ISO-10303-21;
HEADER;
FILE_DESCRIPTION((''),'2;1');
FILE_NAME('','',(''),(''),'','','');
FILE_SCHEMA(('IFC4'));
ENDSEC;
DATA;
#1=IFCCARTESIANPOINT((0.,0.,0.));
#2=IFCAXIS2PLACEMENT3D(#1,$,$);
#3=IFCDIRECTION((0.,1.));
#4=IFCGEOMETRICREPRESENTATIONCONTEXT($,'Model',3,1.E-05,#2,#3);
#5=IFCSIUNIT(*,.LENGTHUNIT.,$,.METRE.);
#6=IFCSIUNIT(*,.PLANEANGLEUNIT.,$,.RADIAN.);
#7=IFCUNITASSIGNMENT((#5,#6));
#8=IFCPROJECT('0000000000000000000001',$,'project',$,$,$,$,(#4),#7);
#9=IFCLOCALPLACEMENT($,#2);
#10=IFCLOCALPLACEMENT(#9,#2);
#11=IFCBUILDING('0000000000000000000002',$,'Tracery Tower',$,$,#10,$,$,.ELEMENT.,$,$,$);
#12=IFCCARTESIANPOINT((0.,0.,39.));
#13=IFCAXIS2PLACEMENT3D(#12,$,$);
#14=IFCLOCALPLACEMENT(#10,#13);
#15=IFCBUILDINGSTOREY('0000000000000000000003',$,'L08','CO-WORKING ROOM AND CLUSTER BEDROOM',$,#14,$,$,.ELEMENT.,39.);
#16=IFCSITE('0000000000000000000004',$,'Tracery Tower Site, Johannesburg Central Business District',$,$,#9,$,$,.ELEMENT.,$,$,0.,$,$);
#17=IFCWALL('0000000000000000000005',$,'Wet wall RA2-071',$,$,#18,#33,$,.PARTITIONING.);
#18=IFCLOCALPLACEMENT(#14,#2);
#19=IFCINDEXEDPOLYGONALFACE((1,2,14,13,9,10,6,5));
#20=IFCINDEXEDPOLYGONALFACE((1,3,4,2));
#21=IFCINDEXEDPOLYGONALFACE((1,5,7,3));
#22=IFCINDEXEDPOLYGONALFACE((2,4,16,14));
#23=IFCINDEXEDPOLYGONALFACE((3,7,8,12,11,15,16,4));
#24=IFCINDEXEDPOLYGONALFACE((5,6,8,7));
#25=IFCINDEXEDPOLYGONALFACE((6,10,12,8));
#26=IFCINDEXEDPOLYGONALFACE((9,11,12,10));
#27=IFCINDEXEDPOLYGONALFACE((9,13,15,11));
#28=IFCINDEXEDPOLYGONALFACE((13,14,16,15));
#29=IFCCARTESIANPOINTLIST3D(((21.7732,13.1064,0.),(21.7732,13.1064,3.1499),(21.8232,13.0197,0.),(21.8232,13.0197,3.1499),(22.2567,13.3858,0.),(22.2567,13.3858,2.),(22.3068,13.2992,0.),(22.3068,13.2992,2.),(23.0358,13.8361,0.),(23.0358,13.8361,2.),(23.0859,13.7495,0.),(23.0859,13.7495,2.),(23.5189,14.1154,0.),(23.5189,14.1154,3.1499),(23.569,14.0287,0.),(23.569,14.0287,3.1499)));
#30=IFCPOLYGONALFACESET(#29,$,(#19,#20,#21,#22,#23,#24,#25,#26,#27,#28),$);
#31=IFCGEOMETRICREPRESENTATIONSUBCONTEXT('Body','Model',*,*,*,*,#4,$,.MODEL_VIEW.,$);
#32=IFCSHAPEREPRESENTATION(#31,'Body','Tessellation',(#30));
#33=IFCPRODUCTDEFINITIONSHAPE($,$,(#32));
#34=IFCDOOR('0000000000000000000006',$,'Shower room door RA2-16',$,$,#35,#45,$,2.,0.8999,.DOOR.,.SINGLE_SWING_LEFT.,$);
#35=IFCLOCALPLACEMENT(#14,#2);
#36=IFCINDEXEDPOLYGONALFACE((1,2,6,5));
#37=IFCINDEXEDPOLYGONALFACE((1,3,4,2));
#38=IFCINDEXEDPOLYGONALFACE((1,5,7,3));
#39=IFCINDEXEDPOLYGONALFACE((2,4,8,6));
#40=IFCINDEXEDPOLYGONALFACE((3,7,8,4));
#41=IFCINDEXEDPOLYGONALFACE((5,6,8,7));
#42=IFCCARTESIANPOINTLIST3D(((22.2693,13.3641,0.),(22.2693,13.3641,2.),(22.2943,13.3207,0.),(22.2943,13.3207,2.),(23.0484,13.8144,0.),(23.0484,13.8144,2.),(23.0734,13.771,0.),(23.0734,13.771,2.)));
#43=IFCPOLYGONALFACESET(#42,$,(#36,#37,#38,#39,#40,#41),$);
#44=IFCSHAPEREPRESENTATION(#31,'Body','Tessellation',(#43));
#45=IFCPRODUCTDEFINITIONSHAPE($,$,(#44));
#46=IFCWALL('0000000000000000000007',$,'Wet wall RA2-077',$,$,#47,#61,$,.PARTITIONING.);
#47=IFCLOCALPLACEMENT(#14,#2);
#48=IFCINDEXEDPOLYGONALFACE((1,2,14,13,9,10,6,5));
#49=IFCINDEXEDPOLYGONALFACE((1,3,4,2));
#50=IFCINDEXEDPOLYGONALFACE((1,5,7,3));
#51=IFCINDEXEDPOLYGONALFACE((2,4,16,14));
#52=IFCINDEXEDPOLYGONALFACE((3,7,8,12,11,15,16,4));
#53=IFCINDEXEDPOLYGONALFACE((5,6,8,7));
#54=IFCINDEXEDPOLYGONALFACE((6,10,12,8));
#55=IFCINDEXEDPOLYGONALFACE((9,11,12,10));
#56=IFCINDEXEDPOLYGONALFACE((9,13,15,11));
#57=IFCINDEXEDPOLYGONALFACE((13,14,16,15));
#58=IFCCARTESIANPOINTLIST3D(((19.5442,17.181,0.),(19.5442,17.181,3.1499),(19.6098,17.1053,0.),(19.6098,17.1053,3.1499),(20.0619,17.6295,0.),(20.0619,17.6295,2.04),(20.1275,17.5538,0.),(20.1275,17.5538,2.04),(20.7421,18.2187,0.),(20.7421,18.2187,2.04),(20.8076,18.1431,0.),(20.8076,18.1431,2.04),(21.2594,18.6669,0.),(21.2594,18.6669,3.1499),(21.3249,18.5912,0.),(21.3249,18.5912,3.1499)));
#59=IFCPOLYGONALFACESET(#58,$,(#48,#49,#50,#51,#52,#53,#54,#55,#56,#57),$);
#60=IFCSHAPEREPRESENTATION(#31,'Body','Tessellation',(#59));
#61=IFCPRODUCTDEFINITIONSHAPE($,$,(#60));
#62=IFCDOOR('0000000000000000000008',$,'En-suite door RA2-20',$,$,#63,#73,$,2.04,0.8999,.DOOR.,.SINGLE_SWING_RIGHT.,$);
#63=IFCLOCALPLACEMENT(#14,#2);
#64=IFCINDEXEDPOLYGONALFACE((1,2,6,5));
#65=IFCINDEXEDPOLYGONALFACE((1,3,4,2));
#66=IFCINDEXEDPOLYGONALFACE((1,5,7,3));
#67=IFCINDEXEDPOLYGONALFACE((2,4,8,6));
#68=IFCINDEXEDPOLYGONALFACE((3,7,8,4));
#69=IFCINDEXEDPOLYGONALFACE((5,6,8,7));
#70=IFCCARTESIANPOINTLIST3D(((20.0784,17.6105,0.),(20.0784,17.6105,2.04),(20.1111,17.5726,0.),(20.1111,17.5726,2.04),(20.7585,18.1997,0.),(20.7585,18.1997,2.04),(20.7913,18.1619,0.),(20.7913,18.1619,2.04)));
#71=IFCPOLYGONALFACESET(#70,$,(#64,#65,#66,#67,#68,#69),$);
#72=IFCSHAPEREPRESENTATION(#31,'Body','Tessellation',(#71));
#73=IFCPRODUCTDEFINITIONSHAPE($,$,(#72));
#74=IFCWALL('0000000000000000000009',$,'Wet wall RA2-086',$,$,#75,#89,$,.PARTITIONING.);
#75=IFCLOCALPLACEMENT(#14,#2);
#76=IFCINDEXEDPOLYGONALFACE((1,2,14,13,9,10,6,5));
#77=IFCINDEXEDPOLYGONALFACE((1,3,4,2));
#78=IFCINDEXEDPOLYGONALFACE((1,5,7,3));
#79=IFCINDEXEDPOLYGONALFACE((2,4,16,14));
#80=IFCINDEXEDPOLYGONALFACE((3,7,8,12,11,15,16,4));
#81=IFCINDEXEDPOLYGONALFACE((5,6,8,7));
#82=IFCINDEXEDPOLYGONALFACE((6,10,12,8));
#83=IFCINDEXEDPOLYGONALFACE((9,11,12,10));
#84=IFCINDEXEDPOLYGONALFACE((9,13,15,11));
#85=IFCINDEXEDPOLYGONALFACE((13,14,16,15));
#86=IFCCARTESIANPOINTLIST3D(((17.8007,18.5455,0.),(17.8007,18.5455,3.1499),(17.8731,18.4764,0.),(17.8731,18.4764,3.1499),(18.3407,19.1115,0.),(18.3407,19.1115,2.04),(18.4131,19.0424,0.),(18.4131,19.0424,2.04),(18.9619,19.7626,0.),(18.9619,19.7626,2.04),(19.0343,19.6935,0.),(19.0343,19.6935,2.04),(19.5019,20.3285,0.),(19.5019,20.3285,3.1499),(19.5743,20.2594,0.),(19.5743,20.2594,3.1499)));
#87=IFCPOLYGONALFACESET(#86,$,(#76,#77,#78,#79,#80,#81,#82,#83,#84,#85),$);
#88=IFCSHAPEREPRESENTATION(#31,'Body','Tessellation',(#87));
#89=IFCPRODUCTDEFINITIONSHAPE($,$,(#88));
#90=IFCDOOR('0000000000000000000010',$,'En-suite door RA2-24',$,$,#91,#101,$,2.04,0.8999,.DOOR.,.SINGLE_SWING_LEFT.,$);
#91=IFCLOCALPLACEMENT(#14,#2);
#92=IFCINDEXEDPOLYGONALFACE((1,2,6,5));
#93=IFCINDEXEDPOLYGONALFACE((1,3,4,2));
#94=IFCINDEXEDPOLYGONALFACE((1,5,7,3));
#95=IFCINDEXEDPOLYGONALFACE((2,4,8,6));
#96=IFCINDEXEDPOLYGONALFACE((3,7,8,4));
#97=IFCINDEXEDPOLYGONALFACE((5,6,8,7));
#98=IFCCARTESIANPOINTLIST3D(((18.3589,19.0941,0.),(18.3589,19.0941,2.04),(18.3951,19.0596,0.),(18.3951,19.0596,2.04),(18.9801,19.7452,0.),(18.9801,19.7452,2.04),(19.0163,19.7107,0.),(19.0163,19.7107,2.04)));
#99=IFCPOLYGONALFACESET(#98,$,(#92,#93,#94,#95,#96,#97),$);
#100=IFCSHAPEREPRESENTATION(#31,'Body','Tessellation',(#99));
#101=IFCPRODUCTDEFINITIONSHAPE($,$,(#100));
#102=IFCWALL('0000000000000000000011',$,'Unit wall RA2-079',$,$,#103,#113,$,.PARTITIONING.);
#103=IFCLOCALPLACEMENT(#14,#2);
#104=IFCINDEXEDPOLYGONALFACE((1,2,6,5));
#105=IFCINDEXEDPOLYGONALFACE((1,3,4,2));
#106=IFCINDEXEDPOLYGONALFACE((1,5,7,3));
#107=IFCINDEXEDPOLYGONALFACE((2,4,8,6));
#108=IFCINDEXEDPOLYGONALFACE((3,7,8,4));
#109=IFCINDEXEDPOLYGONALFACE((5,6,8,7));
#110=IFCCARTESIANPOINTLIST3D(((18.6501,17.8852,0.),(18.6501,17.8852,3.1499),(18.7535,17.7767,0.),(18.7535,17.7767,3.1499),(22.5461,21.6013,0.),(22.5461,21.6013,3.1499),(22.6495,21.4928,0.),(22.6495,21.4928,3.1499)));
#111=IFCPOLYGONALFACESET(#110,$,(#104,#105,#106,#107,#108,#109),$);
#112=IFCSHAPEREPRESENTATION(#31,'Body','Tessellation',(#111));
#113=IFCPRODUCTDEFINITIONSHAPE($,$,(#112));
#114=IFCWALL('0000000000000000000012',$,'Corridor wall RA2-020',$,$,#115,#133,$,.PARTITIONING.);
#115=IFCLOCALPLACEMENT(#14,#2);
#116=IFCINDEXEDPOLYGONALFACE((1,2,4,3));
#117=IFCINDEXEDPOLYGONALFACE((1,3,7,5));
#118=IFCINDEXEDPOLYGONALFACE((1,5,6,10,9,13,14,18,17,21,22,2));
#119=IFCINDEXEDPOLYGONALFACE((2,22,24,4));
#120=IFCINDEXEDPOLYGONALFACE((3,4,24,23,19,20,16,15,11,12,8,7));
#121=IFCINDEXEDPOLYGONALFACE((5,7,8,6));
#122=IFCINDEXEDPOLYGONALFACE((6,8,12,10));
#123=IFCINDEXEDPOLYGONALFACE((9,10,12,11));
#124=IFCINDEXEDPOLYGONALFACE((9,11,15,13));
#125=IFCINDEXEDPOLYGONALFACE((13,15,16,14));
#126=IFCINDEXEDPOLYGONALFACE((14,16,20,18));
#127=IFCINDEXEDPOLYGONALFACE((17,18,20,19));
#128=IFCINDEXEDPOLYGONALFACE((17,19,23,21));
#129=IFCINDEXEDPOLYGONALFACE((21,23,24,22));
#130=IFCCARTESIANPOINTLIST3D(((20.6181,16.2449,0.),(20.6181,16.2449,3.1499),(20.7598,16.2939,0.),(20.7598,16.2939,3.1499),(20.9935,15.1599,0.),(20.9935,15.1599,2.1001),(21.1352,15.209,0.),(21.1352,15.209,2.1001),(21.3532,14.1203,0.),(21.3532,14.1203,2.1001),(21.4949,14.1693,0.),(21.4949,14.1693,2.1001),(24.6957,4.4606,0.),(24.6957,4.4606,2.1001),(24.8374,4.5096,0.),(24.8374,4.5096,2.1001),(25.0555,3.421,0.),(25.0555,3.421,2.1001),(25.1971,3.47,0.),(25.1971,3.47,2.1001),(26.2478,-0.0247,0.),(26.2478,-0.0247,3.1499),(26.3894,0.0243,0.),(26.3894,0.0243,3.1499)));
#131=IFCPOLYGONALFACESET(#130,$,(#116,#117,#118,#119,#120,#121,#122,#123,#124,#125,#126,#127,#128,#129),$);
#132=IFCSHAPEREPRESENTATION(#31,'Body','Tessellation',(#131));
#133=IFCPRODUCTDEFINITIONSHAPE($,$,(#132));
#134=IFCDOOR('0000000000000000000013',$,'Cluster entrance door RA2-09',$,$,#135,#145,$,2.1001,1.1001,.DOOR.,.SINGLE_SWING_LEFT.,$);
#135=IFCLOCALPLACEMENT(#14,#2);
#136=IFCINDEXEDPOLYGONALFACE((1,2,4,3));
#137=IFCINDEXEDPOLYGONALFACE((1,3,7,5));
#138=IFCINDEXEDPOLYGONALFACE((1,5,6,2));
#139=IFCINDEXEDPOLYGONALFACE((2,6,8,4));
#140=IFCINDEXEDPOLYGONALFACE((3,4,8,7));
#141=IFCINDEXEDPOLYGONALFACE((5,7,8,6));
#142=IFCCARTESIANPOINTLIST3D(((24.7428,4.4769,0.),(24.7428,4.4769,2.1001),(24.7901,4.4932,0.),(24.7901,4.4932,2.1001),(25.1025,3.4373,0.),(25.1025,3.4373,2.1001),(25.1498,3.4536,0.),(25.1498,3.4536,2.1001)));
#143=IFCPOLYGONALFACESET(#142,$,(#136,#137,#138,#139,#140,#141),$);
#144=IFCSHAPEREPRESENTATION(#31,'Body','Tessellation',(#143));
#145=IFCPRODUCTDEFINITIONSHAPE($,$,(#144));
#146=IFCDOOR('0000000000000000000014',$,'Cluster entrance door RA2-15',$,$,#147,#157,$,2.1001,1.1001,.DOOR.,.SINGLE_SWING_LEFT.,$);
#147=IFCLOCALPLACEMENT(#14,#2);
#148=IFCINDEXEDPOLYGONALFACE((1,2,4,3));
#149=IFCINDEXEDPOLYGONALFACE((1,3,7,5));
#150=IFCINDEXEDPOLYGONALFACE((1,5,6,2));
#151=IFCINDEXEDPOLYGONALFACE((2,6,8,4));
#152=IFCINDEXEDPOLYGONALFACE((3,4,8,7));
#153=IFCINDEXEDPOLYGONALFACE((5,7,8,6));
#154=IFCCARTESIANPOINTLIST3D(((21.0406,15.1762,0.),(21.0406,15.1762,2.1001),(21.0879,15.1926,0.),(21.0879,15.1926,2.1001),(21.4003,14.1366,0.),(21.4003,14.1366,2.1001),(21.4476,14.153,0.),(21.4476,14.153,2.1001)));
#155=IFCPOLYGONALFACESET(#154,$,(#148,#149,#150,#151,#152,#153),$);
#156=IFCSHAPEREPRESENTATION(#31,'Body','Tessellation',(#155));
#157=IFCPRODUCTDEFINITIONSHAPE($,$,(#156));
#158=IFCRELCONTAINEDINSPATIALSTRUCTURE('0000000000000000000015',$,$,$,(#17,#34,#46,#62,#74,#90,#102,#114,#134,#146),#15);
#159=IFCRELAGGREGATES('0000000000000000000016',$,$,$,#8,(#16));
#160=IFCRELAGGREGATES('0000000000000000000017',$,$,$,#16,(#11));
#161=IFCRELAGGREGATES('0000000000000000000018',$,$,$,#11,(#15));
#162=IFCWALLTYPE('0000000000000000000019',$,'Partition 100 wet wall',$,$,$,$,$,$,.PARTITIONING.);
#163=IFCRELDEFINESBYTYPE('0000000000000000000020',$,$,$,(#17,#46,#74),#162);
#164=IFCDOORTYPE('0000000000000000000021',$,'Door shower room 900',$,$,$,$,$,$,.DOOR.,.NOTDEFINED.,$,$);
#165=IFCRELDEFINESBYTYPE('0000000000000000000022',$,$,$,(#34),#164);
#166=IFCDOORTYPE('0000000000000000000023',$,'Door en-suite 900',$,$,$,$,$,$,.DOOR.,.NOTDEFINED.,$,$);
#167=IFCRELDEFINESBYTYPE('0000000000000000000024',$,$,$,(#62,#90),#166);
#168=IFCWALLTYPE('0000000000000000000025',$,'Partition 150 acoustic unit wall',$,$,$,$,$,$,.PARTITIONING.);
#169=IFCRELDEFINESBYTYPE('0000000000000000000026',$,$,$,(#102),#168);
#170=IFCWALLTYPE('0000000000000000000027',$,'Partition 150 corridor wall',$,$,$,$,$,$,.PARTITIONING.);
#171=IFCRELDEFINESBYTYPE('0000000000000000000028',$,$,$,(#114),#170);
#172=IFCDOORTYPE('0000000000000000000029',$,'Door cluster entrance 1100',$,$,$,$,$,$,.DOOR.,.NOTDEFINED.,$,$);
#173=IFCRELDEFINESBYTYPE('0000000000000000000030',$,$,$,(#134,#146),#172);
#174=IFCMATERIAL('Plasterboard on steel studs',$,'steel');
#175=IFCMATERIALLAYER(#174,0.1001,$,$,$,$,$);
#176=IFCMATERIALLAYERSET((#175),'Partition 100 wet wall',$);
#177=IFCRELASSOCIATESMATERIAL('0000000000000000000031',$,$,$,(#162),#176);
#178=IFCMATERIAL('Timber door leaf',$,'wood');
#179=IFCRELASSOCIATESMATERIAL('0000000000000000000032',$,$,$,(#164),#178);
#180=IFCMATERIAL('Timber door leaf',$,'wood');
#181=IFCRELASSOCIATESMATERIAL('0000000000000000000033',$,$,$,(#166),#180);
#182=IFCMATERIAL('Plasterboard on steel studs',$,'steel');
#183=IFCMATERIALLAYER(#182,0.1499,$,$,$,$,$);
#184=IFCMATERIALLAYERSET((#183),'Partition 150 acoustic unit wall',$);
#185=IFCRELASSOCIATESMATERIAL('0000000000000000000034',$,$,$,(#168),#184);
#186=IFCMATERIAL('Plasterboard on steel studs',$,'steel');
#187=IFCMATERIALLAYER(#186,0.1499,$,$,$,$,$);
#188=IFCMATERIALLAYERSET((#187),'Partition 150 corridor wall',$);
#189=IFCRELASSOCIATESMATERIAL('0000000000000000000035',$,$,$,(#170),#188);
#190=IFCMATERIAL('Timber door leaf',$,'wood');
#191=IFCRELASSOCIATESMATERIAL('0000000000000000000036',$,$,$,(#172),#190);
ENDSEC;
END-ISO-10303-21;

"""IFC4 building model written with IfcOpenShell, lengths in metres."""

from ifc_helpers import new_model, si_unit, direction, frame, frame_2d, origin, place, context, subcontext, project, spatial, rectangle, extrude, material, layer, layer_set, type_object, element, fill, save


model = new_model("IFC4")

# Units and contexts
model_context = context("Model", 3, precision=1e-05, world=origin(), true_north=direction((0.0, 1.0)))
body_context = subcontext(model_context, "Body", "Model", "MODEL_VIEW")
ifc_project = project(units=[si_unit("LENGTHUNIT", "METRE"), si_unit("PLANEANGLEUNIT", "RADIAN")], contexts=[model_context])

# Site, building, storey
site_placement = place(None, origin())
site = spatial("IfcSite", under=ifc_project, at=site_placement, Name="Tracery Tower Site, Johannesburg Central Business District", CompositionType="ELEMENT", RefElevation=0.0)
building_placement = place(site_placement, origin())
building = spatial("IfcBuilding", under=site, at=building_placement, Name="Tracery Tower", CompositionType="ELEMENT")
storey_placement = place(building_placement, frame((0.0, 0.0, 39.0)))
storey = spatial("IfcBuildingStorey", under=building, at=storey_placement, Name="L08", Description="CO-WORKING ROOM AND CLUSTER BEDROOM", CompositionType="ELEMENT", Elevation=39.0)

# Shared definitions
ifc_material_1 = material(Name="Plasterboard on steel studs", Category="steel")
ifc_layer_1 = layer(ifc_material_1, 0.1001)
ifc_layer_set_1 = layer_set([ifc_layer_1], Name="Partition 100 wet wall")
wall_type_1 = type_object("IfcWallType", Name="Partition 100 wet wall", PredefinedType="PARTITIONING", material=ifc_layer_set_1)

# Walls, openings, doors
wall_1_placement = place(storey_placement, frame((21.7981, 13.063, 0.0), z_axis=(0.0, 0.0, 1.0), x_axis=(0.865796, 0.500397, 0.0)))
wall_1 = element("IfcWall", 1, at=wall_1_placement, inside=storey, type_object=wall_type_1, Name="Wet wall RA2-071", PredefinedType="PARTITIONING", context=body_context, shape_type="SweptSolid", body=[
    extrude(rectangle(XDim=2.0164, YDim=0.1001, at=frame_2d((1.0083, 0.0))), origin(), (0.0, 0.0, 1.0), 3.1499),
])
opening_1_placement = place(wall_1_placement, frame((0.5586, 0.0, 0.0)))
opening_1 = element("IfcOpeningElement", 2, at=opening_1_placement, cuts=wall_1, PredefinedType="OPENING", context=body_context, shape_type="SweptSolid", body=[
    extrude(rectangle(XDim=0.8999, YDim=2.0, at=frame_2d((0.45, 1.0))), frame((0.0, 0.05, 0.0), z_axis=(0.0, -1.0, 0.0), x_axis=(1.0, 0.0, 0.0)), (0.0, 0.0, 1.0), 0.1001),
])
ifc_material_2 = material(Name="Timber door leaf", Category="wood")
door_type_1 = type_object("IfcDoorType", Name="Door shower room 900", OperationType="NOTDEFINED", PredefinedType="DOOR", material=ifc_material_2)
door_1_placement = place(opening_1_placement, origin())
door_1 = element("IfcDoor", 3, at=door_1_placement, inside=storey, type_object=door_type_1, Name="Shower room door RA2-16", OperationType="SINGLE_SWING_LEFT", OverallHeight=2.0, OverallWidth=0.8999, PredefinedType="DOOR", context=body_context, shape_type="SweptSolid", body=[
    extrude(rectangle(XDim=0.8999, YDim=2.0, at=frame_2d((0.45, 1.0))), frame((0.0, 0.0249, 0.0), z_axis=(0.0, -1.0, 0.0), x_axis=(1.0, 0.0, 0.0)), (0.0, 0.0, 1.0), 0.05),
])
fill(opening_1, door_1)
wall_2_placement = place(storey_placement, frame((19.5769, 17.1431, 0.0), z_axis=(0.0, 0.0, 1.0), x_axis=(0.755813, 0.654787, 0.0)))
wall_2 = element("IfcWall", 4, at=wall_2_placement, inside=storey, type_object=wall_type_1, Name="Wet wall RA2-077", PredefinedType="PARTITIONING", context=body_context, shape_type="SweptSolid", body=[
    extrude(rectangle(XDim=2.2693, YDim=0.1001, at=frame_2d((1.1348, 0.0))), origin(), (0.0, 0.0, 1.0), 3.1499),
])
opening_2_placement = place(wall_2_placement, frame((0.6851, 0.0, 0.0)))
opening_2 = element("IfcOpeningElement", 5, at=opening_2_placement, cuts=wall_2, PredefinedType="OPENING", context=body_context, shape_type="SweptSolid", body=[
    extrude(rectangle(XDim=0.8999, YDim=2.04, at=frame_2d((0.45, 1.02))), frame((0.0, 0.05, 0.0), z_axis=(0.0, -1.0, 0.0), x_axis=(1.0, 0.0, 0.0)), (0.0, 0.0, 1.0), 0.1001),
])
ifc_material_3 = material(Name="Timber door leaf", Category="wood")
door_type_2 = type_object("IfcDoorType", Name="Door en-suite 900", OperationType="NOTDEFINED", PredefinedType="DOOR", material=ifc_material_3)
door_2_placement = place(opening_2_placement, origin())
door_2 = element("IfcDoor", 6, at=door_2_placement, inside=storey, type_object=door_type_2, Name="En-suite door RA2-20", OperationType="SINGLE_SWING_RIGHT", OverallHeight=2.04, OverallWidth=0.8999, PredefinedType="DOOR", context=body_context, shape_type="SweptSolid", body=[
    extrude(rectangle(XDim=0.8999, YDim=2.04, at=frame_2d((0.45, 1.02))), frame((0.0, 0.0249, 0.0), z_axis=(0.0, -1.0, 0.0), x_axis=(1.0, 0.0, 0.0)), (0.0, 0.0, 1.0), 0.05),
])
fill(opening_2, door_2)
wall_3_placement = place(storey_placement, frame((17.8369, 18.511, 0.0), z_axis=(0.0, 0.0, 1.0), x_axis=(0.690318, 0.723506, 0.0)))
wall_3 = element("IfcWall", 7, at=wall_3_placement, inside=storey, type_object=wall_type_1, Name="Wet wall RA2-086", PredefinedType="PARTITIONING", context=body_context, shape_type="SweptSolid", body=[
    extrude(rectangle(XDim=2.4644, YDim=0.1001, at=frame_2d((1.2322, 0.0))), origin(), (0.0, 0.0, 1.0), 3.1499),
])
opening_3_placement = place(wall_3_placement, frame((0.7822, 0.0, 0.0)))
opening_3 = element("IfcOpeningElement", 8, at=opening_3_placement, cuts=wall_3, PredefinedType="OPENING", context=body_context, shape_type="SweptSolid", body=[
    extrude(rectangle(XDim=0.8999, YDim=2.04, at=frame_2d((0.45, 1.02))), frame((0.0, 0.05, 0.0), z_axis=(0.0, -1.0, 0.0), x_axis=(1.0, 0.0, 0.0)), (0.0, 0.0, 1.0), 0.1001),
])
door_3_placement = place(opening_3_placement, origin())
door_3 = element("IfcDoor", 9, at=door_3_placement, inside=storey, type_object=door_type_2, Name="En-suite door RA2-24", OperationType="SINGLE_SWING_LEFT", OverallHeight=2.04, OverallWidth=0.8999, PredefinedType="DOOR", context=body_context, shape_type="SweptSolid", body=[
    extrude(rectangle(XDim=0.8999, YDim=2.04, at=frame_2d((0.45, 1.02))), frame((0.0, 0.0249, 0.0), z_axis=(0.0, -1.0, 0.0), x_axis=(1.0, 0.0, 0.0)), (0.0, 0.0, 1.0), 0.05),
])
fill(opening_3, door_3)

# Wall
ifc_material_4 = material(Name="Plasterboard on steel studs", Category="steel")
ifc_layer_2 = layer(ifc_material_4, 0.1499)
ifc_layer_set_2 = layer_set([ifc_layer_2], Name="Partition 150 acoustic unit wall")
wall_type_2 = type_object("IfcWallType", Name="Partition 150 acoustic unit wall", PredefinedType="PARTITIONING", material=ifc_layer_set_2)
wall_4_placement = place(storey_placement, frame((18.7019, 17.8311, 0.0), z_axis=(0.0, 0.0, 1.0), x_axis=(0.723619, 0.6902, 0.0)))
element("IfcWall", 10, at=wall_4_placement, inside=storey, type_object=wall_type_2, Name="Unit wall RA2-079", PredefinedType="PARTITIONING", context=body_context, shape_type="SweptSolid", body=[
    extrude(rectangle(XDim=5.384, YDim=0.1499, at=frame_2d((2.6919, 0.0))), origin(), (0.0, 0.0, 1.0), 3.1499),
])

# Wall, openings, doors
ifc_material_5 = material(Name="Plasterboard on steel studs", Category="steel")
ifc_layer_3 = layer(ifc_material_5, 0.1499)
ifc_layer_set_3 = layer_set([ifc_layer_3], Name="Partition 150 corridor wall")
wall_type_3 = type_object("IfcWallType", Name="Partition 150 corridor wall", PredefinedType="PARTITIONING", material=ifc_layer_set_3)
wall_5_placement = place(storey_placement, frame((20.689, 16.2693, 0.0), z_axis=(0.0, 0.0, 1.0), x_axis=(0.327, -0.945024, 0.0)))
wall_5 = element("IfcWall", 11, at=wall_5_placement, inside=storey, type_object=wall_type_3, Name="Corridor wall RA2-020", PredefinedType="PARTITIONING", context=body_context, shape_type="SweptSolid", body=[
    extrude(rectangle(XDim=17.2161, YDim=0.1499, at=frame_2d((8.6079, 0.0))), origin(), (0.0, 0.0, 1.0), 3.1499),
])
opening_4_placement = place(wall_5_placement, frame((12.4697, 0.0, 0.0)))
opening_4 = element("IfcOpeningElement", 12, at=opening_4_placement, cuts=wall_5, PredefinedType="OPENING", context=body_context, shape_type="SweptSolid", body=[
    extrude(rectangle(XDim=1.1001, YDim=2.1001, at=frame_2d((0.55, 1.05))), frame((0.0, 0.075, 0.0), z_axis=(0.0, -1.0, 0.0), x_axis=(1.0, 0.0, 0.0)), (0.0, 0.0, 1.0), 0.1499),
])
opening_5_placement = place(wall_5_placement, frame((1.1479, 0.0, 0.0)))
opening_5 = element("IfcOpeningElement", 13, at=opening_5_placement, cuts=wall_5, PredefinedType="OPENING", context=body_context, shape_type="SweptSolid", body=[
    extrude(rectangle(XDim=1.1001, YDim=2.1001, at=frame_2d((0.55, 1.05))), frame((0.0, 0.075, 0.0), z_axis=(0.0, -1.0, 0.0), x_axis=(1.0, 0.0, 0.0)), (0.0, 0.0, 1.0), 0.1499),
])
ifc_material_6 = material(Name="Timber door leaf", Category="wood")
door_type_3 = type_object("IfcDoorType", Name="Door cluster entrance 1100", OperationType="NOTDEFINED", PredefinedType="DOOR", material=ifc_material_6)
door_4_placement = place(opening_4_placement, origin())
door_4 = element("IfcDoor", 14, at=door_4_placement, inside=storey, type_object=door_type_3, Name="Cluster entrance door RA2-09", OperationType="SINGLE_SWING_LEFT", OverallHeight=2.1001, OverallWidth=1.1001, PredefinedType="DOOR", context=body_context, shape_type="SweptSolid", body=[
    extrude(rectangle(XDim=1.1001, YDim=2.1001, at=frame_2d((0.55, 1.05))), frame((0.0, 0.0249, 0.0), z_axis=(0.0, -1.0, 0.0), x_axis=(1.0, 0.0, 0.0)), (0.0, 0.0, 1.0), 0.05),
])
fill(opening_4, door_4)
door_5_placement = place(opening_5_placement, origin())
door_5 = element("IfcDoor", 15, at=door_5_placement, inside=storey, type_object=door_type_3, Name="Cluster entrance door RA2-15", OperationType="SINGLE_SWING_LEFT", OverallHeight=2.1001, OverallWidth=1.1001, PredefinedType="DOOR", context=body_context, shape_type="SweptSolid", body=[
    extrude(rectangle(XDim=1.1001, YDim=2.1001, at=frame_2d((0.55, 1.05))), frame((0.0, 0.0249, 0.0), z_axis=(0.0, -1.0, 0.0), x_axis=(1.0, 0.0, 0.0)), (0.0, 0.0, 1.0), 0.05),
])
fill(opening_5, door_5)

save(model, "model.ifc")
